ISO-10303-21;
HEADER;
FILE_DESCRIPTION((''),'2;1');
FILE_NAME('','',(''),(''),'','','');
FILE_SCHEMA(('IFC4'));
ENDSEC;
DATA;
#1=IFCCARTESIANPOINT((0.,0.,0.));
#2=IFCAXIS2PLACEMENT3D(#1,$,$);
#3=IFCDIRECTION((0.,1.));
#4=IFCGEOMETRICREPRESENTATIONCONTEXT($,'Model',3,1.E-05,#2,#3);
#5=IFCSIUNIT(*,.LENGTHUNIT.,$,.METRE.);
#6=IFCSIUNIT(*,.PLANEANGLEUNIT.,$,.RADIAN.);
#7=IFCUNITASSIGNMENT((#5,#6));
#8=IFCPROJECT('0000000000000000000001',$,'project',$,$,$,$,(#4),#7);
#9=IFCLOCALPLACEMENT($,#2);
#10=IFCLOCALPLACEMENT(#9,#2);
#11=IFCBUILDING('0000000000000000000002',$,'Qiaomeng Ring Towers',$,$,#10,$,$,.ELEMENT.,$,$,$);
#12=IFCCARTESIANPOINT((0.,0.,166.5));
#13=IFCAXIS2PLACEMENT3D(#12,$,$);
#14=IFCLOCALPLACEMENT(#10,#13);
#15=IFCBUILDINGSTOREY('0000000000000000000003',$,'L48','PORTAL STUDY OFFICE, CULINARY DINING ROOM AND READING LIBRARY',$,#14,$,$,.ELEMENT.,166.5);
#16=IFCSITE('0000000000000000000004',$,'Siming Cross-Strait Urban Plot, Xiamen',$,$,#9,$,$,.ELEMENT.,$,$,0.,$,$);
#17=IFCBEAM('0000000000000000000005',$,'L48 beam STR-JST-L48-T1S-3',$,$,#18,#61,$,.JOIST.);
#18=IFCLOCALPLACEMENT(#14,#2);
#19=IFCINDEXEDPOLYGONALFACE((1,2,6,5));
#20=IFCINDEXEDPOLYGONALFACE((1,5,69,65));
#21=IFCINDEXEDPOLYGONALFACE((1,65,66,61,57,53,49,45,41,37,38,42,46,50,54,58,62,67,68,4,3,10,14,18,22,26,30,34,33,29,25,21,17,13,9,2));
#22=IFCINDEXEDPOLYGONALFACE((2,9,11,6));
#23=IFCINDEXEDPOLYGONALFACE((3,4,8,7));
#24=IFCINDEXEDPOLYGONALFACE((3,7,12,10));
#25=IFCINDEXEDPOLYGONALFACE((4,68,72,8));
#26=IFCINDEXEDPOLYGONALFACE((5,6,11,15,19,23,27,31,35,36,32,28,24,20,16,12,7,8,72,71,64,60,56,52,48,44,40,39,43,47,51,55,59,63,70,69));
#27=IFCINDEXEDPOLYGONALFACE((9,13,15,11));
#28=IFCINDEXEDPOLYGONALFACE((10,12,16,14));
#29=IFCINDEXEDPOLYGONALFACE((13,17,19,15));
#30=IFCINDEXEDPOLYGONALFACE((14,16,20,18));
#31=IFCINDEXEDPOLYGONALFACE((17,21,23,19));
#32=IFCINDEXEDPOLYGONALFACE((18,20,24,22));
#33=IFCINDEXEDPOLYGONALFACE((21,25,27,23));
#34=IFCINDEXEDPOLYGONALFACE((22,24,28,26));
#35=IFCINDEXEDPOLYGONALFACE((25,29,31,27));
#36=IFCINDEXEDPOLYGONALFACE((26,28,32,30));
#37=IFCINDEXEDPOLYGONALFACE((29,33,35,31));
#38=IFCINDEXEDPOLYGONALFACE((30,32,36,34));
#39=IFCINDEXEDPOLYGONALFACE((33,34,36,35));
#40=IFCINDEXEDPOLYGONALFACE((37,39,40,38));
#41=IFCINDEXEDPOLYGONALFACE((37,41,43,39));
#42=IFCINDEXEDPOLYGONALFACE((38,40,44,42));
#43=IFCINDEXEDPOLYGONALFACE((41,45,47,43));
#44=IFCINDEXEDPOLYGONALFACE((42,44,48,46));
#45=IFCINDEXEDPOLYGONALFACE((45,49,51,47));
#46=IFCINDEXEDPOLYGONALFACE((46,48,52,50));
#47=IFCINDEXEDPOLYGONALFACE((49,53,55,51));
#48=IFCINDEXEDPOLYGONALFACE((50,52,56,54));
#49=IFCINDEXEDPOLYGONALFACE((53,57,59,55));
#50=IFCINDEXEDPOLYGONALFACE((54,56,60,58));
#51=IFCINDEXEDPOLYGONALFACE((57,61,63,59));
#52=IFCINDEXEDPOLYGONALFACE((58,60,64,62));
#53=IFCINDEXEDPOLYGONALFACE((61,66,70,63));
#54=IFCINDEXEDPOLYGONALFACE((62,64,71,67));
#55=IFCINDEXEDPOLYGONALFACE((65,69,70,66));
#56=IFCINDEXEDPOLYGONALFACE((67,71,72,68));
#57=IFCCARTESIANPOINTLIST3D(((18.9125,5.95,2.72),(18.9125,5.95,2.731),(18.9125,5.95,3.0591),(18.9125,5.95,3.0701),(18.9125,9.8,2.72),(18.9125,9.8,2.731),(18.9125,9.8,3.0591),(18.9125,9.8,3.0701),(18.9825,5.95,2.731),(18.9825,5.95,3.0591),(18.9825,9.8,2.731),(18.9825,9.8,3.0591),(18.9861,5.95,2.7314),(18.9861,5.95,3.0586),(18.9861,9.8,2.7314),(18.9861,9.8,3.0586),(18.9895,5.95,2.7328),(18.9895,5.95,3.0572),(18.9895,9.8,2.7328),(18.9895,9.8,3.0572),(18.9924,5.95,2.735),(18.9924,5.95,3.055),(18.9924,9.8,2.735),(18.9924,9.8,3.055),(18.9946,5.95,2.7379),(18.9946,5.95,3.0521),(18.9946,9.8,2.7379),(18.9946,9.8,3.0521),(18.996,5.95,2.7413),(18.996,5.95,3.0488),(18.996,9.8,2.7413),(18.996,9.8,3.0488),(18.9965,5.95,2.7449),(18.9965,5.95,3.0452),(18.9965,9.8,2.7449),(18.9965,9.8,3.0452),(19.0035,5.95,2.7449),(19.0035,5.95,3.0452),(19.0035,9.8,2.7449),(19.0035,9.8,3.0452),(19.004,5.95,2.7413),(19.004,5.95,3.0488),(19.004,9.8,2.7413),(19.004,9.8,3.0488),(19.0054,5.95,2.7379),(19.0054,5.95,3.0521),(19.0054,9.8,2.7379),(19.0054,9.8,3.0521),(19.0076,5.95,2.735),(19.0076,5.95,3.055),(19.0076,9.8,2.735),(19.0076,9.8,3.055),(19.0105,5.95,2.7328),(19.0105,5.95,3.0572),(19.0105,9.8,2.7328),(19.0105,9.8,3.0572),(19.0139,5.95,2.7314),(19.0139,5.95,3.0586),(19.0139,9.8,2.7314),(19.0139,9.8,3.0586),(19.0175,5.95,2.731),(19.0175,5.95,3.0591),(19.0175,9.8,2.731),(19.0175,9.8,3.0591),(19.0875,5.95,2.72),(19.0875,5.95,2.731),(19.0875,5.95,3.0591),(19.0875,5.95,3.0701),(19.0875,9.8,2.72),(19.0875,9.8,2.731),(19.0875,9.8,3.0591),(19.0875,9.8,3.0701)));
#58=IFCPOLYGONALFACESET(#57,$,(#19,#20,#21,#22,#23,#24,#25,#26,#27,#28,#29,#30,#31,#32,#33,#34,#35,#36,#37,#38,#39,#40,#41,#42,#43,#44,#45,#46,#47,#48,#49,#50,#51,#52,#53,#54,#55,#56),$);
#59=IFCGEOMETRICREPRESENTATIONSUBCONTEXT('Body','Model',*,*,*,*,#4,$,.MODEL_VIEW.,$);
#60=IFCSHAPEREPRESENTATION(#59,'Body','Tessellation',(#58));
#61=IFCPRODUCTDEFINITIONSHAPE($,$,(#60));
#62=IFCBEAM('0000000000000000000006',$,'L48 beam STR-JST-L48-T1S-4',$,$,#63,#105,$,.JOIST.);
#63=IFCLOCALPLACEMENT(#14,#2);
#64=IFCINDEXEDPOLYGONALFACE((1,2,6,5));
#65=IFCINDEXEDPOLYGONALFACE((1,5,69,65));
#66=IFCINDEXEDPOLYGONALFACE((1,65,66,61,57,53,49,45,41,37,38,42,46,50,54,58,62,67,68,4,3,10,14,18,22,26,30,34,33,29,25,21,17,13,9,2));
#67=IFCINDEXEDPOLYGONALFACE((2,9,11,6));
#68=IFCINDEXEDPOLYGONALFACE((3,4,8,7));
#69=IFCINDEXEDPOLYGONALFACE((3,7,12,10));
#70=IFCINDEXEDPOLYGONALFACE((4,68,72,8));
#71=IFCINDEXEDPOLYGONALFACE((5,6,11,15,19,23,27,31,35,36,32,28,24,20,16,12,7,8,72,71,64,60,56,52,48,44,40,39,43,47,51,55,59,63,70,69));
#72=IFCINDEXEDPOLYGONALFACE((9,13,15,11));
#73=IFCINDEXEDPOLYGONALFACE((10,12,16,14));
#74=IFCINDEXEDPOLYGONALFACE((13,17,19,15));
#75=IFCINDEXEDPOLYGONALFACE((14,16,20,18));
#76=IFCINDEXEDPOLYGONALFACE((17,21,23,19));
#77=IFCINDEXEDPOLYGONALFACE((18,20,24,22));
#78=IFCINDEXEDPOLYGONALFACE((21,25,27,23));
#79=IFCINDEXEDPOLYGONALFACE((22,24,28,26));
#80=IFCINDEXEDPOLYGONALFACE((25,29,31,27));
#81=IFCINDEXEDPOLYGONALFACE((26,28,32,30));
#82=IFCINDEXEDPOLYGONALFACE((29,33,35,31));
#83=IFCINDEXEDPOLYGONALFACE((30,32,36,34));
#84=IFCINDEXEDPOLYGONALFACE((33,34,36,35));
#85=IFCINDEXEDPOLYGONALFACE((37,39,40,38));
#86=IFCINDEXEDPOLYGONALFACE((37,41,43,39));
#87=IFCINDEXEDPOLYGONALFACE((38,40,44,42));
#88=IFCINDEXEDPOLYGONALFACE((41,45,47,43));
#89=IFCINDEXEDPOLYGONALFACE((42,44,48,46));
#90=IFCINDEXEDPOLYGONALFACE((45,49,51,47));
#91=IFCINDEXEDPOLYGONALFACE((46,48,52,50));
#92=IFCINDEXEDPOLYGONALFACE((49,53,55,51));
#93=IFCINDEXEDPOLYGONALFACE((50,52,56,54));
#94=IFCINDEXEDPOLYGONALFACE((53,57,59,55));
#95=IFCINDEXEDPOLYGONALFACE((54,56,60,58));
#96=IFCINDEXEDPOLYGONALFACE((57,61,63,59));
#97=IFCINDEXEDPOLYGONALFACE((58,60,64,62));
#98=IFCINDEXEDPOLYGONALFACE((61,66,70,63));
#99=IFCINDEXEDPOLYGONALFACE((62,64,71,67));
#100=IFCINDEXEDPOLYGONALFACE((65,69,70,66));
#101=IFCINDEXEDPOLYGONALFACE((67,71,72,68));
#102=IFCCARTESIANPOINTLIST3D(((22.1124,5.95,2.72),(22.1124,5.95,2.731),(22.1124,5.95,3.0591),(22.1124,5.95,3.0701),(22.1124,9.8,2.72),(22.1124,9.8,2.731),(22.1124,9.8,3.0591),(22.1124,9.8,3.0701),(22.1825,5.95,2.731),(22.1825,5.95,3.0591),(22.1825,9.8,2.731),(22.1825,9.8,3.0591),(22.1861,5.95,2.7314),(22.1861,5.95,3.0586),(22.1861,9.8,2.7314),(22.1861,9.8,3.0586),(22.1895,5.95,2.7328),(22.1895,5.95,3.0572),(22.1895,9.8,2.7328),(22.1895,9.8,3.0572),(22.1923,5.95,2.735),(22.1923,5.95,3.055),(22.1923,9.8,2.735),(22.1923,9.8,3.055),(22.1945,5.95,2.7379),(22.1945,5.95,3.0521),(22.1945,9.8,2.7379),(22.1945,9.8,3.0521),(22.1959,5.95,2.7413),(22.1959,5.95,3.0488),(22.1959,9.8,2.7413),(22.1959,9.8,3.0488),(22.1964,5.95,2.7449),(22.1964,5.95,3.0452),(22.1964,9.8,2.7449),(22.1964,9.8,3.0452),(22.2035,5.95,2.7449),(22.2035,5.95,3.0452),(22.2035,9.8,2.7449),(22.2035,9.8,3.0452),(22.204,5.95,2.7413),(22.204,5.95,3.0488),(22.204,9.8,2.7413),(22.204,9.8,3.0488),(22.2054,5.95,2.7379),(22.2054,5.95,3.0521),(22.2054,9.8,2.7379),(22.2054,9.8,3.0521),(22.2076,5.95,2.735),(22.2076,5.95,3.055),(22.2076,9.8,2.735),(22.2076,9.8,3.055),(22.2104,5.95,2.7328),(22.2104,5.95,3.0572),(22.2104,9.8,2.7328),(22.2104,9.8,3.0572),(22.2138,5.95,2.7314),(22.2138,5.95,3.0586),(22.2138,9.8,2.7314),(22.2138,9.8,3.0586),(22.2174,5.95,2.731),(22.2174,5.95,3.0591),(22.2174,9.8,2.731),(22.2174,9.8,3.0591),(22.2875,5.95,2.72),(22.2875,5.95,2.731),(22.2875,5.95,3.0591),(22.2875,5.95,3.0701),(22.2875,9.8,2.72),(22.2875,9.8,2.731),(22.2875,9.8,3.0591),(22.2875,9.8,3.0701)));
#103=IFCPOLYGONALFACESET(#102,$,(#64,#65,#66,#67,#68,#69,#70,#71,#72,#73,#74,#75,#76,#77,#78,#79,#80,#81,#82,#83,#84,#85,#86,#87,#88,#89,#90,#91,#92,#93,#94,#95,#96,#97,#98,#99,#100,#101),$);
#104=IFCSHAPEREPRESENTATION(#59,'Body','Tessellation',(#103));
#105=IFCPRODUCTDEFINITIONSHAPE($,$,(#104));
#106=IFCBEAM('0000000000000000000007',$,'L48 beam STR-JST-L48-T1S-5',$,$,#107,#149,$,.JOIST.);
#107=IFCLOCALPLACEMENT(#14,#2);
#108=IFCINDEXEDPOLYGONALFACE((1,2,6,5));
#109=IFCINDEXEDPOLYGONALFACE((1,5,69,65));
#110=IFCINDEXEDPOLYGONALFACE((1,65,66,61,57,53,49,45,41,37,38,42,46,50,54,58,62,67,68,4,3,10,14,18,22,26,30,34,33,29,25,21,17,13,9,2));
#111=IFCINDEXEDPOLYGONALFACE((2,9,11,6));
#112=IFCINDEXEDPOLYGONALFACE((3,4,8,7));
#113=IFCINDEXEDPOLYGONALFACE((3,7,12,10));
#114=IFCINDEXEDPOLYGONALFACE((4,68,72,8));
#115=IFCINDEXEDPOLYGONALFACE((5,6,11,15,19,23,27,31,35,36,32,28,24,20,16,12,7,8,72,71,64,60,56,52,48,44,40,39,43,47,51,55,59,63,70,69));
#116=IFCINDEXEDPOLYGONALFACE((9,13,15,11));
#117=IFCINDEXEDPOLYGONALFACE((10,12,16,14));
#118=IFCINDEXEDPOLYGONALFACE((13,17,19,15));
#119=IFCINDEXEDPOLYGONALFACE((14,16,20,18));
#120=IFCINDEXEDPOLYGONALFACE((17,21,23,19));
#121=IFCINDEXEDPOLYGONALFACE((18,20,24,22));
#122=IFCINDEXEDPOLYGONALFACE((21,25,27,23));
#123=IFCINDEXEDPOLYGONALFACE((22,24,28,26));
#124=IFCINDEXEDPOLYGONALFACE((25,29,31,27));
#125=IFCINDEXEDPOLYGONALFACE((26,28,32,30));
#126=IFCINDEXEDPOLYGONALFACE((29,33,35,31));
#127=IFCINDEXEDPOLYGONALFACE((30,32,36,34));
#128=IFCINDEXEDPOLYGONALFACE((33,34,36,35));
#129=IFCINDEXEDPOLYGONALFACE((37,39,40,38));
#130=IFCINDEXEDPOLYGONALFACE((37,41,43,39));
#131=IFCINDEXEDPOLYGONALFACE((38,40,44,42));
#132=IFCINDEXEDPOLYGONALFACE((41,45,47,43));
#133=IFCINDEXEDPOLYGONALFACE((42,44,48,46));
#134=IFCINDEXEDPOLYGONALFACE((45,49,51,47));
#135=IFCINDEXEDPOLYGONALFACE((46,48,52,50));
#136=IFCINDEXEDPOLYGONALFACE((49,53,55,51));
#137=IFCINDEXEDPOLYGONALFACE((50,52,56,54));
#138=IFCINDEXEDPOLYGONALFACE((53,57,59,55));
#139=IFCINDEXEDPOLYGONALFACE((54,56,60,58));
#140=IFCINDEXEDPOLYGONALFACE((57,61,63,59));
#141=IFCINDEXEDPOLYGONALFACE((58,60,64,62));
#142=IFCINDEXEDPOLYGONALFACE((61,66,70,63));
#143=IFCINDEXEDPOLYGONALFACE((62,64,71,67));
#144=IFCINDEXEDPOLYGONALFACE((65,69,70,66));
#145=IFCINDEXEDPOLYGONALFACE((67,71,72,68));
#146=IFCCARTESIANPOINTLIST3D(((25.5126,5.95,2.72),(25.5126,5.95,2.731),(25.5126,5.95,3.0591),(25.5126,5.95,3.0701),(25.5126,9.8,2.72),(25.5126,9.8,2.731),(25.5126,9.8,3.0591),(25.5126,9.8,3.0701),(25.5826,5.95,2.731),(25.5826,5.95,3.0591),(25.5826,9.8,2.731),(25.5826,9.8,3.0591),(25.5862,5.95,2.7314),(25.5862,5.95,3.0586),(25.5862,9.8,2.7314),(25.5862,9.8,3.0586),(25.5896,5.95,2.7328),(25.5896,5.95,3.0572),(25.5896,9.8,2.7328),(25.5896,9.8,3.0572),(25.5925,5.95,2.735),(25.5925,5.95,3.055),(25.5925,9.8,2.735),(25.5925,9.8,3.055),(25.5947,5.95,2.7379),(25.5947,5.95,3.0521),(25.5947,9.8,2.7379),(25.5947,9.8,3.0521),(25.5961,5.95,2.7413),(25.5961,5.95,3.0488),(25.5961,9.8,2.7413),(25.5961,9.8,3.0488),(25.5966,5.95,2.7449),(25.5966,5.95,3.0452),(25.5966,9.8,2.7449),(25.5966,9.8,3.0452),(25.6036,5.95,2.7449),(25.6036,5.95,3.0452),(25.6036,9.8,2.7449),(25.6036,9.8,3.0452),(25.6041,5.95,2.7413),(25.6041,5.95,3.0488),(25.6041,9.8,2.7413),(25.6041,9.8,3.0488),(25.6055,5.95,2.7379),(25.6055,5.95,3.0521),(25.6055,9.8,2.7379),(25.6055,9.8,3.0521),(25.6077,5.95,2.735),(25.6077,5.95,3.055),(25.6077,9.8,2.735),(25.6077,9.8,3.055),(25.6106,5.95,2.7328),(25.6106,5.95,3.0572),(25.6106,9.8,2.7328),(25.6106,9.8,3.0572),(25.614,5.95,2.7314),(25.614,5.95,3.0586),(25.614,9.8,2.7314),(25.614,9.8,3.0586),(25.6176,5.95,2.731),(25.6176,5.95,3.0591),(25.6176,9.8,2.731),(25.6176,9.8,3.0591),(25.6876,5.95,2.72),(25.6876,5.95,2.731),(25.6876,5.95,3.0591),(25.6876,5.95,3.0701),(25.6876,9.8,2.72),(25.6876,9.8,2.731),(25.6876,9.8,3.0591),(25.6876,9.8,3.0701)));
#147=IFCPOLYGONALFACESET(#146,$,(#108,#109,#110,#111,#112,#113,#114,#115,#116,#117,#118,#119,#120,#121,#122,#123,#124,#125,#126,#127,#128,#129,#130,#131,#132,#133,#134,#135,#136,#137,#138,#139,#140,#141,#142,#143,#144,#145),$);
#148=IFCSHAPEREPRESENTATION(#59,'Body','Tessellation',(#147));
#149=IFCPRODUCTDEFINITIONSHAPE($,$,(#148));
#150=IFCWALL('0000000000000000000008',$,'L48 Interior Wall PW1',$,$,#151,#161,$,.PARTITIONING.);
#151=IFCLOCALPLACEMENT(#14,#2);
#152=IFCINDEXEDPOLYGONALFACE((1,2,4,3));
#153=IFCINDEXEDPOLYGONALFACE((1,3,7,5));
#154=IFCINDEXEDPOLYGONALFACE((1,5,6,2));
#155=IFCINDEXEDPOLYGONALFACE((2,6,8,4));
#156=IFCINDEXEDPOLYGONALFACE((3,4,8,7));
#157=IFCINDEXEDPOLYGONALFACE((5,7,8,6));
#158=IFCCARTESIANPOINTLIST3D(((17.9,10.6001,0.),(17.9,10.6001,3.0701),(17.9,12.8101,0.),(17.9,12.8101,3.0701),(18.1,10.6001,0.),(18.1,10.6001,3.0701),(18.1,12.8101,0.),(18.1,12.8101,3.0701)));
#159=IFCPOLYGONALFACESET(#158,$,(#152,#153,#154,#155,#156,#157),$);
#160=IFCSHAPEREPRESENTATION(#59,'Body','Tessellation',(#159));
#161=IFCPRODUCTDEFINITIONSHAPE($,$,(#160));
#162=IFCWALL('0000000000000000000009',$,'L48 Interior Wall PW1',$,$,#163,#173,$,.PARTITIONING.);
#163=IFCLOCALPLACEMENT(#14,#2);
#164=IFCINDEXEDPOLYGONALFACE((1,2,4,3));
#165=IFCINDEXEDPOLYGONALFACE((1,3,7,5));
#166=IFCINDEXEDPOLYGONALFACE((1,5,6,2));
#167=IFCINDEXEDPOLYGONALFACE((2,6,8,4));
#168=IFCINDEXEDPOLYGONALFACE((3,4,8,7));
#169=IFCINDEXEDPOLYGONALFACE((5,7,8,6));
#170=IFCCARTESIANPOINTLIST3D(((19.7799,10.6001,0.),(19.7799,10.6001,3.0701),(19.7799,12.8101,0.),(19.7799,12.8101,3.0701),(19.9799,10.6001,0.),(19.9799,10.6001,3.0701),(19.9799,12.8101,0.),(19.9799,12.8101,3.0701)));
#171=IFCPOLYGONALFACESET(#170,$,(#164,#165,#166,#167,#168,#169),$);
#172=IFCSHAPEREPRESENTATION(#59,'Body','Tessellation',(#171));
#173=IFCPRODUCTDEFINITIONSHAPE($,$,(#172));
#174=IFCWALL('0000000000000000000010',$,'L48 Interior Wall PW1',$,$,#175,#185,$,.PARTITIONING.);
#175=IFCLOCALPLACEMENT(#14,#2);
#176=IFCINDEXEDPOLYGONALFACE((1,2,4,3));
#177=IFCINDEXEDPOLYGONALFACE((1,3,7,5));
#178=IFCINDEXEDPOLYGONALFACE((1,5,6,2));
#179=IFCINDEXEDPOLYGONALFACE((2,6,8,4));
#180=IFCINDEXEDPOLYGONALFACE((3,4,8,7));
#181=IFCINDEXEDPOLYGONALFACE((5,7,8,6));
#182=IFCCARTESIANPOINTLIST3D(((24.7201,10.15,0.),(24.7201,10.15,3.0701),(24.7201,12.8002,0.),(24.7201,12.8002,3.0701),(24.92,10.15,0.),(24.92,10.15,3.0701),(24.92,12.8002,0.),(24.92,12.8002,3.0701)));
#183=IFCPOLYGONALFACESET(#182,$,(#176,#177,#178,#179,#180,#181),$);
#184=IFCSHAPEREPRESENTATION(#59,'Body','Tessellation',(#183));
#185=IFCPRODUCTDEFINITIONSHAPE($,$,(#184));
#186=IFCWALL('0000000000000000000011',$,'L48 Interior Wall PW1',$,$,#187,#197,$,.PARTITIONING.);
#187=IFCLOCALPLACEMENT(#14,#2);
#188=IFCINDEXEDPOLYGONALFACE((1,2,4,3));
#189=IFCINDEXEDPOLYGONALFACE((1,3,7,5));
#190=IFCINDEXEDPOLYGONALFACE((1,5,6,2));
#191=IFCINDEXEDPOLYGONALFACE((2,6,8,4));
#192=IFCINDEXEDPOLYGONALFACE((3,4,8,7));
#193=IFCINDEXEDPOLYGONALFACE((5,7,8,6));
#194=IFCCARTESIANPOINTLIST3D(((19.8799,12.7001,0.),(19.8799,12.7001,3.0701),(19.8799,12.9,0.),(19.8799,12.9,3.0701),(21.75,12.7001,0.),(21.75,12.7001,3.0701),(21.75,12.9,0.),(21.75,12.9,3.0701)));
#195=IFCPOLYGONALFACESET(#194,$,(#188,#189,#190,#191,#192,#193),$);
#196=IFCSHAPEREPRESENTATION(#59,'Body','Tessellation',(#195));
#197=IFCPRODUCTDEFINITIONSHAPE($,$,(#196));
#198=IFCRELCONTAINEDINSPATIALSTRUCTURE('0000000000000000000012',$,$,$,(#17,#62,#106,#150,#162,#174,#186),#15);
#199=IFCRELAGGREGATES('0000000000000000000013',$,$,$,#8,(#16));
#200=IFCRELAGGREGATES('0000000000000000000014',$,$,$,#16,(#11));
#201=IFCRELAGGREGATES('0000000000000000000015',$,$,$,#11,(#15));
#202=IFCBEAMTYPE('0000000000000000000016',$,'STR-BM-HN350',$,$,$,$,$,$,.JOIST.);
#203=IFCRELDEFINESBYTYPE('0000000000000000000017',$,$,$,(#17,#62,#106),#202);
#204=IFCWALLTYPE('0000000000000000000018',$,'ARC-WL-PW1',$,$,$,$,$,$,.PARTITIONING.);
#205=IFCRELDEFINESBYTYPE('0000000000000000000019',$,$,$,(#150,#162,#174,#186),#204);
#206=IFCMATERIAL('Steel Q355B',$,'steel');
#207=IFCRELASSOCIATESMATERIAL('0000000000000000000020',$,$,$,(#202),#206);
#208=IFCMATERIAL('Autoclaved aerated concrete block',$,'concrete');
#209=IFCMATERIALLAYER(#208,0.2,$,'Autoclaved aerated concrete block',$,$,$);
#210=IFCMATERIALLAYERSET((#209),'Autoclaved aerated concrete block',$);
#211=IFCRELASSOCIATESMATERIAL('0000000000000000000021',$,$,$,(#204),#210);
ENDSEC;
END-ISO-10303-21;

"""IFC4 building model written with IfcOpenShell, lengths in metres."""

from ifc_helpers import new_model, si_unit, direction, frame, frame_2d, origin, origin_2d, place, context, subcontext, project, spatial, rectangle, i_section, extrude, source, transform, mapped, material, layer, layer_set, material_profile, profile_set, type_object, element, save


model = new_model("IFC4")

# Units and contexts
model_context = context("Model", 3, precision=1e-05, world=origin(), true_north=direction((0.0, 1.0)))
body_context = subcontext(model_context, "Body", "Model", "MODEL_VIEW")
ifc_project = project(units=[si_unit("LENGTHUNIT", "METRE"), si_unit("PLANEANGLEUNIT", "RADIAN")], contexts=[model_context])

# Site, building, storey
site_placement = place(None, origin())
site = spatial("IfcSite", under=ifc_project, at=site_placement, Name="Siming Cross-Strait Urban Plot, Xiamen", CompositionType="ELEMENT", RefElevation=0.0)
building_placement = place(site_placement, origin())
building = spatial("IfcBuilding", under=site, at=building_placement, Name="Qiaomeng Ring Towers", CompositionType="ELEMENT")
storey_placement = place(building_placement, frame((0.0, 0.0, 166.5)))
storey = spatial("IfcBuildingStorey", under=building, at=storey_placement, Name="L48", Description="PORTAL STUDY OFFICE, CULINARY DINING ROOM AND READING LIBRARY", CompositionType="ELEMENT", Elevation=166.5)

# Beams
ifc_material_1 = material(Name="Steel Q355B", Category="steel")
ifc_material_profile = material_profile(ifc_material_1, i_section(OverallWidth=0.175, OverallDepth=0.3501, WebThickness=0.0071, FlangeThickness=0.011, FilletRadius=0.0139, at=origin_2d()), Name="HN 350x175x7x11")
ifc_profile_set = profile_set([ifc_material_profile], Name="Steel Q355B")
beam_type = type_object("IfcBeamType", Name="STR-BM-HN350", PredefinedType="JOIST", material=ifc_profile_set)
shared_shape_1 = source(origin(), body_context, "Body", "SweptSolid", [
    extrude(i_section(OverallWidth=0.175, OverallDepth=0.3501, WebThickness=0.0071, FlangeThickness=0.011, FilletRadius=0.0139, at=origin_2d()), origin(), (0.0, 0.0, 1.0), 3.8501),
])
for number, where, z_axis, x_axis, name in (
    (1, (19.0, 5.95, 2.895), (0.0, 1.0, 0.0), (-1.0, 0.0, 0.0), "L48 beam STR-JST-L48-T1S-3"),
    (2, (22.2, 5.95, 2.895), (0.0, 1.0, 0.0), (-1.0, 0.0, 0.0), "L48 beam STR-JST-L48-T1S-4"),
    (3, (25.6001, 5.95, 2.895), (0.0, 1.0, 0.0), (-1.0, 0.0, 0.0), "L48 beam STR-JST-L48-T1S-5"),
):
    element("IfcBeam", number, at=place(storey_placement, frame(where, z_axis=z_axis, x_axis=x_axis)), inside=storey, type_object=beam_type, Name=name, PredefinedType="JOIST", context=body_context, shape_type="MappedRepresentation", body=[
        mapped(shared_shape_1, transform((0.0, 0.0, 0.0), x_axis=(1.0, 0.0, 0.0), y_axis=(0.0, 1.0, 0.0), z_axis=(0.0, 0.0, 1.0), scale=1.0)),
    ])

# Walls
ifc_material_2 = material(Name="Autoclaved aerated concrete block", Category="concrete")
ifc_layer_1 = layer(ifc_material_2, 0.2, Name="Autoclaved aerated concrete block")
ifc_layer_set_1 = layer_set([ifc_layer_1], Name="Autoclaved aerated concrete block")
wall_type_1 = type_object("IfcWallType", Name="ARC-WL-PW1", PredefinedType="PARTITIONING", material=ifc_layer_set_1)
for number, where, z_axis, x_axis, name in (
    (4, (18.0, 10.6001, 0.0), (0.0, 0.0, 1.0), (0.0, 1.0, 0.0), "L48 Interior Wall PW1"),
    (5, (19.8799, 10.6001, 0.0), (0.0, 0.0, 1.0), (0.0, 1.0, 0.0), "L48 Interior Wall PW1"),
):
    element("IfcWall", number, at=place(storey_placement, frame(where, z_axis=z_axis, x_axis=x_axis)), inside=storey, type_object=wall_type_1, Name=name, PredefinedType="PARTITIONING", context=body_context, shape_type="SweptSolid", body=[
        extrude(rectangle(XDim=2.21, YDim=0.2, at=frame_2d((1.105, 0.0))), origin(), (0.0, 0.0, 1.0), 3.0701),
    ])
wall_1_placement = place(storey_placement, frame((24.8201, 10.1499, 0.0), z_axis=(0.0, 0.0, 1.0), x_axis=(0.0, 1.0, 0.0)))
element("IfcWall", 6, at=wall_1_placement, inside=storey, type_object=wall_type_1, Name="L48 Interior Wall PW1", PredefinedType="PARTITIONING", context=body_context, shape_type="SweptSolid", body=[
    extrude(rectangle(XDim=2.6501, YDim=0.2, at=frame_2d((1.3252, 0.0))), origin(), (0.0, 0.0, 1.0), 3.0701),
])
wall_2_placement = place(storey_placement, frame((19.8799, 12.8, 0.0), z_axis=(0.0, 0.0, 1.0), x_axis=(1.0, 0.0, 0.0)))
element("IfcWall", 7, at=wall_2_placement, inside=storey, type_object=wall_type_1, Name="L48 Interior Wall PW1", PredefinedType="PARTITIONING", context=body_context, shape_type="SweptSolid", body=[
    extrude(rectangle(XDim=1.8701, YDim=0.2, at=frame_2d((0.9351, 0.0))), origin(), (0.0, 0.0, 1.0), 3.0701),
])

save(model, "model.ifc")
